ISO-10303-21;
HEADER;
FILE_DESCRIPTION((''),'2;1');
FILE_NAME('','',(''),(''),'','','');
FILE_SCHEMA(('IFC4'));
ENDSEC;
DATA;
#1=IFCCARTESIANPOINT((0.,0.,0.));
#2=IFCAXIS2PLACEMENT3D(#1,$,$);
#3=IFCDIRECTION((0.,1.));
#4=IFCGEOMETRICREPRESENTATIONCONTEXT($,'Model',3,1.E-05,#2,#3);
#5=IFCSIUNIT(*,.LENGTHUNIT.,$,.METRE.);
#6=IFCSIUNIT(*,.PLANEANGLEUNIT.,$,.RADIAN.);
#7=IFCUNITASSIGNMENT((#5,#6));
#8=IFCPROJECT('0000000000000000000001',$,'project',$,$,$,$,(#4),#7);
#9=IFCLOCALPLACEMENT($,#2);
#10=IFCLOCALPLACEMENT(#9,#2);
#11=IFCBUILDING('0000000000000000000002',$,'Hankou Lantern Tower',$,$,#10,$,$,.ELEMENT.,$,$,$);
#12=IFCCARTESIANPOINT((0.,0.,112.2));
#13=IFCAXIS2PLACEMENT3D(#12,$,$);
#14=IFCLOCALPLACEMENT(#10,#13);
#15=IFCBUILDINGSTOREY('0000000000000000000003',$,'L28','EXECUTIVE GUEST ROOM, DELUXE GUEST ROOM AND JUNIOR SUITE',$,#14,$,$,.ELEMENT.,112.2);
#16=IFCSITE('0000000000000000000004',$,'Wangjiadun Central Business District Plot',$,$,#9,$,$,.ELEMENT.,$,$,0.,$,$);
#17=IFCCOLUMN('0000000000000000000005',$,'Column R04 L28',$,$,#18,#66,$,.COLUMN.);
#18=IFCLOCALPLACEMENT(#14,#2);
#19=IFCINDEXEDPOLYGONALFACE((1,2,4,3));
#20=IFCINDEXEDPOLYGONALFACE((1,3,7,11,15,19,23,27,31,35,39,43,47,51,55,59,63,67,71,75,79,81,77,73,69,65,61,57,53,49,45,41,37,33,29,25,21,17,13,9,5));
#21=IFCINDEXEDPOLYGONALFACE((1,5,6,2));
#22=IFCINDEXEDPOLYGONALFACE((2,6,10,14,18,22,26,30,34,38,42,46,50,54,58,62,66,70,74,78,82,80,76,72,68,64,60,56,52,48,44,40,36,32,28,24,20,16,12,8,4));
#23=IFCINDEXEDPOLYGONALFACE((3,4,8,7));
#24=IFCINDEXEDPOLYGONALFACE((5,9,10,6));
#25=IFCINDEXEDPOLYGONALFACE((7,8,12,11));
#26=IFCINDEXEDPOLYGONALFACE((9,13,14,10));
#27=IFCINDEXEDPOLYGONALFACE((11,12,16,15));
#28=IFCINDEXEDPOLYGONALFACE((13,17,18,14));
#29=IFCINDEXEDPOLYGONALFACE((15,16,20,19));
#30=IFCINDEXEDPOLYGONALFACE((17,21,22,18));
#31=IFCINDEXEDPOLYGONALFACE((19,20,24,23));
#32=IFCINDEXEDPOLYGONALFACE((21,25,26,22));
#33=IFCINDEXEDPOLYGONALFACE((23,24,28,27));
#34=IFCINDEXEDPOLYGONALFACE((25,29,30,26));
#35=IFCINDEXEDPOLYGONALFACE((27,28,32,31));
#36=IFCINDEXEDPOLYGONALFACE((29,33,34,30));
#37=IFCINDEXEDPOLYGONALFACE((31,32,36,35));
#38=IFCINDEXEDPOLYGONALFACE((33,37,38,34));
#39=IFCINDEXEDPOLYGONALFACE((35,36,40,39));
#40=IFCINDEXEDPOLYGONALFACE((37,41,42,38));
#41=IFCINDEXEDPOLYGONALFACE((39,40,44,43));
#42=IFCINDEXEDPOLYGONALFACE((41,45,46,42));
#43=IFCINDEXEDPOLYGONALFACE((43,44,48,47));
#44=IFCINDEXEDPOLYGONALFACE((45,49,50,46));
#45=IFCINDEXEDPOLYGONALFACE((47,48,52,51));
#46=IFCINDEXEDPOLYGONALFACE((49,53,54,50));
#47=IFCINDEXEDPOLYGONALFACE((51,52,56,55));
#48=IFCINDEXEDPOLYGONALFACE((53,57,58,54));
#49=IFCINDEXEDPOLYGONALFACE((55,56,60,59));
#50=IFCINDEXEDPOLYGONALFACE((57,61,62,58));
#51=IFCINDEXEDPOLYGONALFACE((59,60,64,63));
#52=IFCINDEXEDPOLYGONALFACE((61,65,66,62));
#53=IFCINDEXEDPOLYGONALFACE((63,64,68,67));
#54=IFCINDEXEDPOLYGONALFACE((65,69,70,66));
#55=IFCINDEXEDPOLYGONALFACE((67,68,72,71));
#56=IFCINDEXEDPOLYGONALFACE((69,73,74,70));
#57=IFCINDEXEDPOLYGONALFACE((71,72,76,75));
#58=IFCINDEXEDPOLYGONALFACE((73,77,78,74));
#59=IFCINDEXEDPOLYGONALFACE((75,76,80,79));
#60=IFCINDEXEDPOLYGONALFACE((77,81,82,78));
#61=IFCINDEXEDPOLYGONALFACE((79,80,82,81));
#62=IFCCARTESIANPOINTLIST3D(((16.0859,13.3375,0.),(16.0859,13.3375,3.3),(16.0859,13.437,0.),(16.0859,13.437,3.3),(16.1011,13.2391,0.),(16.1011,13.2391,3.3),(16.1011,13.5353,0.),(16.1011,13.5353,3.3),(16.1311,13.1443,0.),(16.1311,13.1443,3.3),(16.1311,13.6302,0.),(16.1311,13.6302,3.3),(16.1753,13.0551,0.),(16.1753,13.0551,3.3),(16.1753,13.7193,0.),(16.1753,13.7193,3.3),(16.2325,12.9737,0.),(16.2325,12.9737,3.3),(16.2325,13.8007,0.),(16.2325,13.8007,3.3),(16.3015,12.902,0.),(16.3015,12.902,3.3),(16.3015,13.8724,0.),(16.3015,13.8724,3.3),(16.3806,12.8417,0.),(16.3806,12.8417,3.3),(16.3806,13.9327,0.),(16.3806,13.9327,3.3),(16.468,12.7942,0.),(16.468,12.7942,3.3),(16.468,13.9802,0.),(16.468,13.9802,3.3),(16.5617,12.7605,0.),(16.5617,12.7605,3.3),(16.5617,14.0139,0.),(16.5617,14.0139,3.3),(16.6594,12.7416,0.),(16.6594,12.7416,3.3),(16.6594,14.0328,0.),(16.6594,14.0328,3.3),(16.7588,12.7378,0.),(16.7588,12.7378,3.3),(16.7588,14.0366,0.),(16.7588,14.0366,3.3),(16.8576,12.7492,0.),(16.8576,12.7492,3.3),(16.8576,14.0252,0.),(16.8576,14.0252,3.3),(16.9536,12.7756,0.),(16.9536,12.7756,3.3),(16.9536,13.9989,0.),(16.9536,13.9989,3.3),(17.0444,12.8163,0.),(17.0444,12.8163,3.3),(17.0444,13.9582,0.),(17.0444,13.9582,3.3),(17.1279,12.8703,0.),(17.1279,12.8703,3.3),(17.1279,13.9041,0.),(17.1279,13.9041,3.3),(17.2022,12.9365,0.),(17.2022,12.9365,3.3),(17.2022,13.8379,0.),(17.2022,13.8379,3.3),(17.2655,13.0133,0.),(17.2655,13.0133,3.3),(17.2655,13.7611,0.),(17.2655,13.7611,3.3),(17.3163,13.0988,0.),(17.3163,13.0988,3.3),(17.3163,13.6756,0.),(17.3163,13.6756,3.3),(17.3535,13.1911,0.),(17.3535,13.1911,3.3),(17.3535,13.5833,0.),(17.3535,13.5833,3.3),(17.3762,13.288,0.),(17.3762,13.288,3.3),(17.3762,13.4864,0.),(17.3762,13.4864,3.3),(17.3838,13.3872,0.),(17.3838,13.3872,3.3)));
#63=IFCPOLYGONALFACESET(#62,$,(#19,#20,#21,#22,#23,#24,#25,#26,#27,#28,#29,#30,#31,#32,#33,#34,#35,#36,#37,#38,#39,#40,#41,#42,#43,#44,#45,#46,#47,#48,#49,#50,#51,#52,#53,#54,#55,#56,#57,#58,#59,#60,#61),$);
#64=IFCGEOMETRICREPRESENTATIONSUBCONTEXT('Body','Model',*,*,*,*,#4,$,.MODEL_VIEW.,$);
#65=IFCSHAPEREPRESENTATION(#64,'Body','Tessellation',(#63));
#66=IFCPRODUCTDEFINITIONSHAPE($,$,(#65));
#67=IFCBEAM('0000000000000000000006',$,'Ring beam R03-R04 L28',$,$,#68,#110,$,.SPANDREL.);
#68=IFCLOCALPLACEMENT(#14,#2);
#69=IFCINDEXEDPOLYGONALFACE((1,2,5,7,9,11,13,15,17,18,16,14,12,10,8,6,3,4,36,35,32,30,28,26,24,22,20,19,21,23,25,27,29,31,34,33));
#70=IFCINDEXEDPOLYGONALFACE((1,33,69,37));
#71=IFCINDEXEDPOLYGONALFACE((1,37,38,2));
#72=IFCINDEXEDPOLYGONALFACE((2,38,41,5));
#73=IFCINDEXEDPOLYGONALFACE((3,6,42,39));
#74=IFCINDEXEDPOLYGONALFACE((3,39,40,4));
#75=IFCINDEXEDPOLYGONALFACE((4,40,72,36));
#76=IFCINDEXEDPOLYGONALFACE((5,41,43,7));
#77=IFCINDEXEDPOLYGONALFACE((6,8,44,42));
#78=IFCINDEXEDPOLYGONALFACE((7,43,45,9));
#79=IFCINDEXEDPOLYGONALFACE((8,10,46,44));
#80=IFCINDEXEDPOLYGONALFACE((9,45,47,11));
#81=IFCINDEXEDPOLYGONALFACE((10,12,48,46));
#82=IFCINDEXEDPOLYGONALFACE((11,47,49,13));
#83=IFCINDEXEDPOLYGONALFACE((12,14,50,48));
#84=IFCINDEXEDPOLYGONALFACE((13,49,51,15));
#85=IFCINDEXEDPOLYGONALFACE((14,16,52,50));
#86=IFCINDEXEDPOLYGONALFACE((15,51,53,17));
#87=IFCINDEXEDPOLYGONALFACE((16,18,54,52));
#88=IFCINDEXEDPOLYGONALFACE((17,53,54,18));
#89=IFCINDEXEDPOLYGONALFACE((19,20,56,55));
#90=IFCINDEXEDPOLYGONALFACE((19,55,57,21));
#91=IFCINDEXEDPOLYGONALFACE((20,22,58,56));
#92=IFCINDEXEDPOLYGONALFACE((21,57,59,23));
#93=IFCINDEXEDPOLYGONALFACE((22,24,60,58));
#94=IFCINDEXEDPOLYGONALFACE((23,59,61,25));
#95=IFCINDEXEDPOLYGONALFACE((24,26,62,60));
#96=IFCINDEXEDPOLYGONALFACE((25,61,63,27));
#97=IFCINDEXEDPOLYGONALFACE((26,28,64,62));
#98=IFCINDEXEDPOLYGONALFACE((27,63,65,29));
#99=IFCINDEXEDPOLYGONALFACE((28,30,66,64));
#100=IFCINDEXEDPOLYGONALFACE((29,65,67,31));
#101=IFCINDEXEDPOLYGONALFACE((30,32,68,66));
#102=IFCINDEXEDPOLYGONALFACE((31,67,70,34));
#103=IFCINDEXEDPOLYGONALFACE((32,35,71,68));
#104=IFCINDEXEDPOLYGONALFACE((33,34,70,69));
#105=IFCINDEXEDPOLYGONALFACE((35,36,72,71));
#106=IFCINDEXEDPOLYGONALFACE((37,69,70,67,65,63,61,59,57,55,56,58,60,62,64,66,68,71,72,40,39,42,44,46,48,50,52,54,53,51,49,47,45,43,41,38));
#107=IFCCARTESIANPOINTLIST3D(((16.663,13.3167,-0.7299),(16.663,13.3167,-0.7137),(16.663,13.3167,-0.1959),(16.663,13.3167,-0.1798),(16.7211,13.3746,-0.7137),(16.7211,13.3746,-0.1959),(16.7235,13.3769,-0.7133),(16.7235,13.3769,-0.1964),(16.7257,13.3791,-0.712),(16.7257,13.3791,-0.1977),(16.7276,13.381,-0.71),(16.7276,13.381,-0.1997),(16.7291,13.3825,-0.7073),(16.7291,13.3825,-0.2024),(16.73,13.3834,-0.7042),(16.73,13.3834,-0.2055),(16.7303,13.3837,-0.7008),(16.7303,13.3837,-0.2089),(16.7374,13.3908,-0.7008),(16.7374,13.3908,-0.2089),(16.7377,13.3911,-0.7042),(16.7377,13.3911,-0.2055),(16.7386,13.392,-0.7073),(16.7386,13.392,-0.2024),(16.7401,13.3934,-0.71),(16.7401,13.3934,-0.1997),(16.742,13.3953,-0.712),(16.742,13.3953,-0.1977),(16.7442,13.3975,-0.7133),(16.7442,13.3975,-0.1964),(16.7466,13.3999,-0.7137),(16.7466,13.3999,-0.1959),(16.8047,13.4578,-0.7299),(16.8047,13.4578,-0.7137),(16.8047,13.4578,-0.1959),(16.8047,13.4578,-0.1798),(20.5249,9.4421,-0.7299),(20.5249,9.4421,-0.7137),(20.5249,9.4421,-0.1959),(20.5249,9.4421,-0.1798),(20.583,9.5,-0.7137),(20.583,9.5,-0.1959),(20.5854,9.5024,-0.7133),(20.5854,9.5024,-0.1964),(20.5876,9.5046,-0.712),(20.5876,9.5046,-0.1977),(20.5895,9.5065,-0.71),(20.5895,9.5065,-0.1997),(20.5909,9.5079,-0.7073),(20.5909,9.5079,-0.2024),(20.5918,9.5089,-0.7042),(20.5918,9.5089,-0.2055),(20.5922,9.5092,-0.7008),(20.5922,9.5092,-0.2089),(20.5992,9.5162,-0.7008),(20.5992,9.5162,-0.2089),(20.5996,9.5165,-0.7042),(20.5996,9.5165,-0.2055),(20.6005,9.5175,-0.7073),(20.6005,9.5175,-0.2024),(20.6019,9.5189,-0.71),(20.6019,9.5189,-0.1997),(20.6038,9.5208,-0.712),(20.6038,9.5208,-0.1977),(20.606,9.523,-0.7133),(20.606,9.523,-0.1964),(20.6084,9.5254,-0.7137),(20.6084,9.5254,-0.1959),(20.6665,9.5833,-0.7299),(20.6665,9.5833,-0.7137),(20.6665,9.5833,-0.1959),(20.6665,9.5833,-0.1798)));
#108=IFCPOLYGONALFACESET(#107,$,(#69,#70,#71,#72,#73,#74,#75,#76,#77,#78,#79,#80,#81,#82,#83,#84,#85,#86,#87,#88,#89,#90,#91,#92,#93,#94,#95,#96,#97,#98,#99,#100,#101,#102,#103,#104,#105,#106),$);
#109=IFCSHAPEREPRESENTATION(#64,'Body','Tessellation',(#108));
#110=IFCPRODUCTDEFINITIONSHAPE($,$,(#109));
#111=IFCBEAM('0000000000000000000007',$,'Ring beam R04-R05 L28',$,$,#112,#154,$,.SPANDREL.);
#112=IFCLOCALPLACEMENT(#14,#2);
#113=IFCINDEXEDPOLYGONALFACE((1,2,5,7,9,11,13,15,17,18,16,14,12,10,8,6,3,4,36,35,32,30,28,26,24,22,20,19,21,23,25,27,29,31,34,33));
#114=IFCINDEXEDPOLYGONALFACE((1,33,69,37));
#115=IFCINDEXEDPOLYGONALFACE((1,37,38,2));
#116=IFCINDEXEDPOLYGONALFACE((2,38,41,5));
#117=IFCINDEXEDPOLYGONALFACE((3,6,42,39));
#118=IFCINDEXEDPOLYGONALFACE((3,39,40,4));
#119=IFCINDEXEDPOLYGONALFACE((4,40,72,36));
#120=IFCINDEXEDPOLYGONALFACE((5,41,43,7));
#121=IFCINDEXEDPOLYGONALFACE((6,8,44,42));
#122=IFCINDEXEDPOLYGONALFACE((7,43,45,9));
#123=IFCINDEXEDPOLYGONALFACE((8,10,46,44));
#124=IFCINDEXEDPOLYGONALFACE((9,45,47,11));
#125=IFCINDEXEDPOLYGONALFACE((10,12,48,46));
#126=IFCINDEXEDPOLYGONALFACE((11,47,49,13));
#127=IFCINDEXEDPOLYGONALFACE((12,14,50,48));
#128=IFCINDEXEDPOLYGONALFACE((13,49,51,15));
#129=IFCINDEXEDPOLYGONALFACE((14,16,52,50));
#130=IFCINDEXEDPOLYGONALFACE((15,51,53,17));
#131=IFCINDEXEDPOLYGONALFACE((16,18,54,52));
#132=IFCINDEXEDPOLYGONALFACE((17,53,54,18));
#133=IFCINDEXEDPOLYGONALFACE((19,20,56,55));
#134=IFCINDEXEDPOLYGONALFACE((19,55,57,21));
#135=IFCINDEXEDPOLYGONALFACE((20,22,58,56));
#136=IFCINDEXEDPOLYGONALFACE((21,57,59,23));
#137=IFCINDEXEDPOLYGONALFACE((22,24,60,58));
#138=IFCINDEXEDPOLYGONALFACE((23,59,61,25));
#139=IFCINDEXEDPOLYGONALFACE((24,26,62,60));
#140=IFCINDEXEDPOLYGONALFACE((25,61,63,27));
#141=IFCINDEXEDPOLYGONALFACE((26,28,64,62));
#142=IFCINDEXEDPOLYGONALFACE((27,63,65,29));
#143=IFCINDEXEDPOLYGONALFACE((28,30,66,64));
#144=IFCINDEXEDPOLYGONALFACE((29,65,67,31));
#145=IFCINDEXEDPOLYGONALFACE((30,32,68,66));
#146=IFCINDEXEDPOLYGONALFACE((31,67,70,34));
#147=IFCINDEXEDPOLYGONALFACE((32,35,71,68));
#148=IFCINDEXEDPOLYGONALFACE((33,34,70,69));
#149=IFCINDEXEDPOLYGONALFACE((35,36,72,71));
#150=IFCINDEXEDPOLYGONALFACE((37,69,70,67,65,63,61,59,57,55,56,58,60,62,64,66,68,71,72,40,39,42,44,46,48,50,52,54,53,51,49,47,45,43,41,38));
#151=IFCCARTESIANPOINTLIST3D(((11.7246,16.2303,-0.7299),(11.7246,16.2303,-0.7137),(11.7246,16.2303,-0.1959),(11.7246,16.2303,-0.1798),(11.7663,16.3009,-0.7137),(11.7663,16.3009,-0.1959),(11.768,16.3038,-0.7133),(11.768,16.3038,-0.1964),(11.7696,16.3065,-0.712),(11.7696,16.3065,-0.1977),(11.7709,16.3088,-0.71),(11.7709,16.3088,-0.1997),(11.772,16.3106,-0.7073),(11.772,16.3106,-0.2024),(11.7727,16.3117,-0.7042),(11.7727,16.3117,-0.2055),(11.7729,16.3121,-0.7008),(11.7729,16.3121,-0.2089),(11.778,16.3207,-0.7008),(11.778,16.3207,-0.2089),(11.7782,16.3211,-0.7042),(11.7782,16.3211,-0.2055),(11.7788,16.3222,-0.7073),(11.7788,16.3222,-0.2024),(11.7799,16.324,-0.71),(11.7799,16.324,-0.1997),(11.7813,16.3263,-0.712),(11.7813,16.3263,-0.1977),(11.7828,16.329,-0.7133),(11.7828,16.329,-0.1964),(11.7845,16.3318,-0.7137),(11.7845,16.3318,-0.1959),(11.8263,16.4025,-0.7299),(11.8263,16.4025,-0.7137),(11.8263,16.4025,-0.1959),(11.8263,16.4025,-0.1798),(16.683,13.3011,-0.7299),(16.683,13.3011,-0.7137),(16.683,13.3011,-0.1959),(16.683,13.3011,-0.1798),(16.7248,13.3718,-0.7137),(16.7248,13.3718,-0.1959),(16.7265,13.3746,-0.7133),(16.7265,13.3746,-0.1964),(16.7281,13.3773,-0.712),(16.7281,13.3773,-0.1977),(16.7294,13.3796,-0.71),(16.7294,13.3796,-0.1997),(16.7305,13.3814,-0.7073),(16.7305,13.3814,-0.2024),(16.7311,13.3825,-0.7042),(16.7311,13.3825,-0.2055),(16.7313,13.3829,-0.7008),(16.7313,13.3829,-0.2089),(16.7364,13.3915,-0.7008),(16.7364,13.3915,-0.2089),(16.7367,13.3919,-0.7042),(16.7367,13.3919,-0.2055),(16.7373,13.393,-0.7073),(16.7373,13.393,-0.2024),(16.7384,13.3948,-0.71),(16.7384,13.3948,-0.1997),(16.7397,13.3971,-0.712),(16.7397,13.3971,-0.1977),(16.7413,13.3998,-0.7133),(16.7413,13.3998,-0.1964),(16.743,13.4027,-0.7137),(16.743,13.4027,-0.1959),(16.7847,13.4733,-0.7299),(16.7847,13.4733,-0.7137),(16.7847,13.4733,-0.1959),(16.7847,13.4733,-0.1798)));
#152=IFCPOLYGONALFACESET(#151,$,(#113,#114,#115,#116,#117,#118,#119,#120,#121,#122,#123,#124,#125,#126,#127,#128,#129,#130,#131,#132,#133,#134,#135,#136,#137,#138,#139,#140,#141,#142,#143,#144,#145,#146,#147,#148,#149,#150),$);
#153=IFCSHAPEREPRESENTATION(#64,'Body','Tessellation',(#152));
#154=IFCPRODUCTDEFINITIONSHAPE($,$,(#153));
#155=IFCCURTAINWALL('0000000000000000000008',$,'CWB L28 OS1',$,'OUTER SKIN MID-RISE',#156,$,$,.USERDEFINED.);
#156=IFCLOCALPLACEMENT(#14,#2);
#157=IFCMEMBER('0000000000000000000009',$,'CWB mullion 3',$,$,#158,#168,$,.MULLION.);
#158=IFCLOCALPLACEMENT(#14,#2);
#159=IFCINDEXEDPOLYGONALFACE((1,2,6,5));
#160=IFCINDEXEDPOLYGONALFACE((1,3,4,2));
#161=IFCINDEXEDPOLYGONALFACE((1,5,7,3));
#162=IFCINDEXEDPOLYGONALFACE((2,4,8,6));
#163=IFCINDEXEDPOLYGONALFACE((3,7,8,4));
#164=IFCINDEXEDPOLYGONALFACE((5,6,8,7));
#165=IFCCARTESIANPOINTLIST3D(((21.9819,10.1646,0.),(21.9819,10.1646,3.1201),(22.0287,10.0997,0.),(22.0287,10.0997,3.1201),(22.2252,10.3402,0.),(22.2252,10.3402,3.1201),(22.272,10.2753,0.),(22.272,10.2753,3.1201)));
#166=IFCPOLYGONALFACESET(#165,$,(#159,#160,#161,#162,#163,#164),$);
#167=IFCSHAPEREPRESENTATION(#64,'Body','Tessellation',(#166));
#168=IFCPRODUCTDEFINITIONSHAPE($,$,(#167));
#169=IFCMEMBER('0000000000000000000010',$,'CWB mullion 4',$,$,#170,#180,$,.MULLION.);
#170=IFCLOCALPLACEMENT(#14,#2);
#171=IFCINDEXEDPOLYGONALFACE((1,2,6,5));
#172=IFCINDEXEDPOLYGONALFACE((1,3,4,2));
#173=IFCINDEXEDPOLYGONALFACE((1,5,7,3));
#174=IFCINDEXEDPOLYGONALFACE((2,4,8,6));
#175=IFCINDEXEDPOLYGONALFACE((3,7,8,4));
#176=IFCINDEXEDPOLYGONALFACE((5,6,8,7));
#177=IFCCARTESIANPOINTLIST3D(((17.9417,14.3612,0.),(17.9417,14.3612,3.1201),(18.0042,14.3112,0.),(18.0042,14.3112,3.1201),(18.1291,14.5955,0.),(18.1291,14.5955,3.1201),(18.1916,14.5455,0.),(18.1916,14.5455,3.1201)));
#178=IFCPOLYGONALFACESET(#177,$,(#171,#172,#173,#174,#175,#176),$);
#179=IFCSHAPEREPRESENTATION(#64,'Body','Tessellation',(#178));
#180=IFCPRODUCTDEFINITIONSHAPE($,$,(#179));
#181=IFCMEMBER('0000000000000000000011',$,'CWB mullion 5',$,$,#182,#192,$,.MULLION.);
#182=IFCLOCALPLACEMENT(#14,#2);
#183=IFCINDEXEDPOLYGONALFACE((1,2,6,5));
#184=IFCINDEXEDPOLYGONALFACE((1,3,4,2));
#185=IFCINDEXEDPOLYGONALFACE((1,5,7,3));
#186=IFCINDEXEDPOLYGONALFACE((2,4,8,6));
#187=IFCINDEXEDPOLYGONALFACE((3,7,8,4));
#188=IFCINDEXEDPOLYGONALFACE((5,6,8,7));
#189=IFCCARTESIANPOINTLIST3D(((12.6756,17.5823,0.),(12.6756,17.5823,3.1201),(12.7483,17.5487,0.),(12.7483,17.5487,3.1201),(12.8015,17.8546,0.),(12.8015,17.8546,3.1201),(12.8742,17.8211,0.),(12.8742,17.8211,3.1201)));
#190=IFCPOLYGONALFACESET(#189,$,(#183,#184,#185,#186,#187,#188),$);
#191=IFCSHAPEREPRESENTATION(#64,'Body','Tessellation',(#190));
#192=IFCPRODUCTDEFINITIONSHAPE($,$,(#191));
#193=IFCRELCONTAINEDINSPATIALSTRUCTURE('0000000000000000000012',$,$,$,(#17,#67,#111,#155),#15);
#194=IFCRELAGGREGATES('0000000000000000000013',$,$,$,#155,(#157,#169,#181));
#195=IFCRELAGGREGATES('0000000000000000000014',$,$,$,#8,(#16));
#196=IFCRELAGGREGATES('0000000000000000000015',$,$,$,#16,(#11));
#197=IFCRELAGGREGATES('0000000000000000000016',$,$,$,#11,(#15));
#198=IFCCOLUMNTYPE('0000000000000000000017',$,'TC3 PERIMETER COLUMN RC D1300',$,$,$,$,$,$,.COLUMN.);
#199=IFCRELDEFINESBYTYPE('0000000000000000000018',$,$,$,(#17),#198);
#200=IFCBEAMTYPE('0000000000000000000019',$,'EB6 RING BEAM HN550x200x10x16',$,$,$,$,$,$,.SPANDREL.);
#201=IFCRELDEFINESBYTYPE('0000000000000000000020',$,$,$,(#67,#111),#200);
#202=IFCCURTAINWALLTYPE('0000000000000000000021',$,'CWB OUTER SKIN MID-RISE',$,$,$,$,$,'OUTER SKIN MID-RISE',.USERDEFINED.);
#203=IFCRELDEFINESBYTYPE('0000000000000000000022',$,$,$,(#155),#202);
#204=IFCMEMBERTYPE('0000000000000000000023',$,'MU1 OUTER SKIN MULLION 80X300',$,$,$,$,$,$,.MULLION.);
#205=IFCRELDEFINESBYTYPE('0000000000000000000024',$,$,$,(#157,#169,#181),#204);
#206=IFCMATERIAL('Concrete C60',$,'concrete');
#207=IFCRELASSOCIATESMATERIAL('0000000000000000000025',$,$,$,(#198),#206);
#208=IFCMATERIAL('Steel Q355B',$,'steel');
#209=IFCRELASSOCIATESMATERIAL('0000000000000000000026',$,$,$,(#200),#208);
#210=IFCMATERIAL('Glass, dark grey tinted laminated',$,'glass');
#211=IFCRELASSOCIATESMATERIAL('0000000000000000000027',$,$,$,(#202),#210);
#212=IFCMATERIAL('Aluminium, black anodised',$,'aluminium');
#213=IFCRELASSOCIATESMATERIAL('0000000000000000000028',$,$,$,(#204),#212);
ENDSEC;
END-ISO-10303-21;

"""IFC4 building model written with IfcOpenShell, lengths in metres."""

from ifc_helpers import new_model, si_unit, direction, frame, origin, origin_2d, place, context, subcontext, project, spatial, rectangle, circle, i_section, extrude, material, material_profile, profile_set, type_object, element, aggregate, save


model = new_model("IFC4")

# Units and contexts
model_context = context("Model", 3, precision=1e-05, world=origin(), true_north=direction((0.0, 1.0)))
body_context = subcontext(model_context, "Body", "Model", "MODEL_VIEW")
ifc_project = project(units=[si_unit("LENGTHUNIT", "METRE"), si_unit("PLANEANGLEUNIT", "RADIAN")], contexts=[model_context])

# Site, building, storey
site_placement = place(None, origin())
site = spatial("IfcSite", under=ifc_project, at=site_placement, Name="Wangjiadun Central Business District Plot", CompositionType="ELEMENT", RefElevation=0.0)
building_placement = place(site_placement, origin())
building = spatial("IfcBuilding", under=site, at=building_placement, Name="Hankou Lantern Tower", CompositionType="ELEMENT")
storey_placement = place(building_placement, frame((0.0, 0.0, 112.2)))
storey = spatial("IfcBuildingStorey", under=building, at=storey_placement, Name="L28", Description="EXECUTIVE GUEST ROOM, DELUXE GUEST ROOM AND JUNIOR SUITE", CompositionType="ELEMENT", Elevation=112.2)

# Column
ifc_material_1 = material(Name="Concrete C60", Category="concrete")
ifc_material_profile_1 = material_profile(ifc_material_1, circle(Radius=0.6499, at=origin_2d()), Name="RC D1300")
ifc_profile_set_1 = profile_set([ifc_material_profile_1], Name="Concrete C60")
column_type = type_object("IfcColumnType", Name="TC3 PERIMETER COLUMN RC D1300", PredefinedType="COLUMN", material=ifc_profile_set_1)
column_placement = place(storey_placement, frame((16.7339, 13.3872, 0.0), z_axis=(0.0, 0.0, 1.0), x_axis=(1.0, 0.0, 0.0)))
element("IfcColumn", 1, at=column_placement, inside=storey, type_object=column_type, Name="Column R04 L28", PredefinedType="COLUMN", context=body_context, shape_type="SweptSolid", body=[
    extrude(circle(Radius=0.6499, at=origin_2d()), origin(), (0.0, 0.0, 1.0), 3.3),
])

# Beams
ifc_material_2 = material(Name="Steel Q355B", Category="steel")
ifc_material_profile_2 = material_profile(ifc_material_2, i_section(OverallWidth=0.2, OverallDepth=0.55, WebThickness=0.01, FlangeThickness=0.0161, FilletRadius=0.0129, at=origin_2d()), Name="HN550x200x10x16")
ifc_profile_set_2 = profile_set([ifc_material_profile_2], Name="Steel Q355B")
beam_type_1 = type_object("IfcBeamType", Name="EB6 RING BEAM HN550x200x10x16", PredefinedType="SPANDREL", material=ifc_profile_set_2)
beam_1_placement = place(storey_placement, frame((20.5957, 9.5127, -0.4548), z_axis=(-0.705945, 0.708266, 0.0), x_axis=(-0.708266, -0.705945, 0.0)))
element("IfcBeam", 2, at=beam_1_placement, inside=storey, type_object=beam_type_1, Name="Ring beam R03-R04 L28", PredefinedType="SPANDREL", context=body_context, shape_type="SweptSolid", body=[
    extrude(i_section(OverallWidth=0.2, OverallDepth=0.55, WebThickness=0.01, FlangeThickness=0.0161, FilletRadius=0.0129, at=origin_2d()), origin(), (0.0, 0.0, 1.0), 5.4705),
])
beam_2_placement = place(storey_placement, frame((16.7339, 13.3872, -0.4548), z_axis=(-0.860989, 0.508624, 0.0), x_axis=(-0.508624, -0.860989, 0.0)))
element("IfcBeam", 3, at=beam_2_placement, inside=storey, type_object=beam_type_1, Name="Ring beam R04-R05 L28", PredefinedType="SPANDREL", context=body_context, shape_type="SweptSolid", body=[
    extrude(i_section(OverallWidth=0.2, OverallDepth=0.55, WebThickness=0.01, FlangeThickness=0.0161, FilletRadius=0.0129, at=origin_2d()), origin(), (0.0, 0.0, 1.0), 5.759),
])

# Curtain wall, members
ifc_material_3 = material(Name="Glass, dark grey tinted laminated", Category="glass")
curtain_wall_type = type_object("IfcCurtainWallType", Name="CWB OUTER SKIN MID-RISE", ElementType="OUTER SKIN MID-RISE", PredefinedType="USERDEFINED", material=ifc_material_3)
curtain_wall_placement = place(storey_placement, origin())
curtain_wall = element("IfcCurtainWall", 4, at=curtain_wall_placement, inside=storey, type_object=curtain_wall_type, Name="CWB L28 OS1", ObjectType="OUTER SKIN MID-RISE", PredefinedType="USERDEFINED")
ifc_material_4 = material(Name="Aluminium, black anodised", Category="aluminium")
ifc_material_profile_3 = material_profile(ifc_material_4, rectangle(XDim=0.0801, YDim=0.3, at=origin_2d()), Name="MU1 80X300")
ifc_profile_set_3 = profile_set([ifc_material_profile_3], Name="Aluminium, black anodised")
member_type_1 = type_object("IfcMemberType", Name="MU1 OUTER SKIN MULLION 80X300", PredefinedType="MULLION", material=ifc_profile_set_3)
member_1_placement = place(storey_placement, frame((22.127, 10.22, 0.0), z_axis=(0.0, 0.0, 1.0), x_axis=(-0.585206, 0.810885, 0.0)))
member_1 = element("IfcMember", 5, at=member_1_placement, type_object=member_type_1, Name="CWB mullion 3", PredefinedType="MULLION", context=body_context, shape_type="SweptSolid", body=[
    extrude(rectangle(XDim=0.0801, YDim=0.3, at=origin_2d()), origin(), (0.0, 0.0, 1.0), 3.1201),
])
member_2_placement = place(storey_placement, frame((18.0667, 14.4534, 0.0), z_axis=(0.0, 0.0, 1.0), x_axis=(-0.780869, 0.624695, 0.0)))
member_2 = element("IfcMember", 6, at=member_2_placement, type_object=member_type_1, Name="CWB mullion 4", PredefinedType="MULLION", context=body_context, shape_type="SweptSolid", body=[
    extrude(rectangle(XDim=0.0801, YDim=0.3, at=origin_2d()), origin(), (0.0, 0.0, 1.0), 3.1201),
])
member_3_placement = place(storey_placement, frame((12.7749, 17.7017, 0.0), z_axis=(0.0, 0.0, 1.0), x_axis=(-0.907841, 0.419314, 0.0)))
member_3 = element("IfcMember", 7, at=member_3_placement, type_object=member_type_1, Name="CWB mullion 5", PredefinedType="MULLION", context=body_context, shape_type="SweptSolid", body=[
    extrude(rectangle(XDim=0.0801, YDim=0.3, at=origin_2d()), origin(), (0.0, 0.0, 1.0), 3.1201),
])

aggregate(curtain_wall, [member_1, member_2, member_3])

save(model, "model.ifc")
